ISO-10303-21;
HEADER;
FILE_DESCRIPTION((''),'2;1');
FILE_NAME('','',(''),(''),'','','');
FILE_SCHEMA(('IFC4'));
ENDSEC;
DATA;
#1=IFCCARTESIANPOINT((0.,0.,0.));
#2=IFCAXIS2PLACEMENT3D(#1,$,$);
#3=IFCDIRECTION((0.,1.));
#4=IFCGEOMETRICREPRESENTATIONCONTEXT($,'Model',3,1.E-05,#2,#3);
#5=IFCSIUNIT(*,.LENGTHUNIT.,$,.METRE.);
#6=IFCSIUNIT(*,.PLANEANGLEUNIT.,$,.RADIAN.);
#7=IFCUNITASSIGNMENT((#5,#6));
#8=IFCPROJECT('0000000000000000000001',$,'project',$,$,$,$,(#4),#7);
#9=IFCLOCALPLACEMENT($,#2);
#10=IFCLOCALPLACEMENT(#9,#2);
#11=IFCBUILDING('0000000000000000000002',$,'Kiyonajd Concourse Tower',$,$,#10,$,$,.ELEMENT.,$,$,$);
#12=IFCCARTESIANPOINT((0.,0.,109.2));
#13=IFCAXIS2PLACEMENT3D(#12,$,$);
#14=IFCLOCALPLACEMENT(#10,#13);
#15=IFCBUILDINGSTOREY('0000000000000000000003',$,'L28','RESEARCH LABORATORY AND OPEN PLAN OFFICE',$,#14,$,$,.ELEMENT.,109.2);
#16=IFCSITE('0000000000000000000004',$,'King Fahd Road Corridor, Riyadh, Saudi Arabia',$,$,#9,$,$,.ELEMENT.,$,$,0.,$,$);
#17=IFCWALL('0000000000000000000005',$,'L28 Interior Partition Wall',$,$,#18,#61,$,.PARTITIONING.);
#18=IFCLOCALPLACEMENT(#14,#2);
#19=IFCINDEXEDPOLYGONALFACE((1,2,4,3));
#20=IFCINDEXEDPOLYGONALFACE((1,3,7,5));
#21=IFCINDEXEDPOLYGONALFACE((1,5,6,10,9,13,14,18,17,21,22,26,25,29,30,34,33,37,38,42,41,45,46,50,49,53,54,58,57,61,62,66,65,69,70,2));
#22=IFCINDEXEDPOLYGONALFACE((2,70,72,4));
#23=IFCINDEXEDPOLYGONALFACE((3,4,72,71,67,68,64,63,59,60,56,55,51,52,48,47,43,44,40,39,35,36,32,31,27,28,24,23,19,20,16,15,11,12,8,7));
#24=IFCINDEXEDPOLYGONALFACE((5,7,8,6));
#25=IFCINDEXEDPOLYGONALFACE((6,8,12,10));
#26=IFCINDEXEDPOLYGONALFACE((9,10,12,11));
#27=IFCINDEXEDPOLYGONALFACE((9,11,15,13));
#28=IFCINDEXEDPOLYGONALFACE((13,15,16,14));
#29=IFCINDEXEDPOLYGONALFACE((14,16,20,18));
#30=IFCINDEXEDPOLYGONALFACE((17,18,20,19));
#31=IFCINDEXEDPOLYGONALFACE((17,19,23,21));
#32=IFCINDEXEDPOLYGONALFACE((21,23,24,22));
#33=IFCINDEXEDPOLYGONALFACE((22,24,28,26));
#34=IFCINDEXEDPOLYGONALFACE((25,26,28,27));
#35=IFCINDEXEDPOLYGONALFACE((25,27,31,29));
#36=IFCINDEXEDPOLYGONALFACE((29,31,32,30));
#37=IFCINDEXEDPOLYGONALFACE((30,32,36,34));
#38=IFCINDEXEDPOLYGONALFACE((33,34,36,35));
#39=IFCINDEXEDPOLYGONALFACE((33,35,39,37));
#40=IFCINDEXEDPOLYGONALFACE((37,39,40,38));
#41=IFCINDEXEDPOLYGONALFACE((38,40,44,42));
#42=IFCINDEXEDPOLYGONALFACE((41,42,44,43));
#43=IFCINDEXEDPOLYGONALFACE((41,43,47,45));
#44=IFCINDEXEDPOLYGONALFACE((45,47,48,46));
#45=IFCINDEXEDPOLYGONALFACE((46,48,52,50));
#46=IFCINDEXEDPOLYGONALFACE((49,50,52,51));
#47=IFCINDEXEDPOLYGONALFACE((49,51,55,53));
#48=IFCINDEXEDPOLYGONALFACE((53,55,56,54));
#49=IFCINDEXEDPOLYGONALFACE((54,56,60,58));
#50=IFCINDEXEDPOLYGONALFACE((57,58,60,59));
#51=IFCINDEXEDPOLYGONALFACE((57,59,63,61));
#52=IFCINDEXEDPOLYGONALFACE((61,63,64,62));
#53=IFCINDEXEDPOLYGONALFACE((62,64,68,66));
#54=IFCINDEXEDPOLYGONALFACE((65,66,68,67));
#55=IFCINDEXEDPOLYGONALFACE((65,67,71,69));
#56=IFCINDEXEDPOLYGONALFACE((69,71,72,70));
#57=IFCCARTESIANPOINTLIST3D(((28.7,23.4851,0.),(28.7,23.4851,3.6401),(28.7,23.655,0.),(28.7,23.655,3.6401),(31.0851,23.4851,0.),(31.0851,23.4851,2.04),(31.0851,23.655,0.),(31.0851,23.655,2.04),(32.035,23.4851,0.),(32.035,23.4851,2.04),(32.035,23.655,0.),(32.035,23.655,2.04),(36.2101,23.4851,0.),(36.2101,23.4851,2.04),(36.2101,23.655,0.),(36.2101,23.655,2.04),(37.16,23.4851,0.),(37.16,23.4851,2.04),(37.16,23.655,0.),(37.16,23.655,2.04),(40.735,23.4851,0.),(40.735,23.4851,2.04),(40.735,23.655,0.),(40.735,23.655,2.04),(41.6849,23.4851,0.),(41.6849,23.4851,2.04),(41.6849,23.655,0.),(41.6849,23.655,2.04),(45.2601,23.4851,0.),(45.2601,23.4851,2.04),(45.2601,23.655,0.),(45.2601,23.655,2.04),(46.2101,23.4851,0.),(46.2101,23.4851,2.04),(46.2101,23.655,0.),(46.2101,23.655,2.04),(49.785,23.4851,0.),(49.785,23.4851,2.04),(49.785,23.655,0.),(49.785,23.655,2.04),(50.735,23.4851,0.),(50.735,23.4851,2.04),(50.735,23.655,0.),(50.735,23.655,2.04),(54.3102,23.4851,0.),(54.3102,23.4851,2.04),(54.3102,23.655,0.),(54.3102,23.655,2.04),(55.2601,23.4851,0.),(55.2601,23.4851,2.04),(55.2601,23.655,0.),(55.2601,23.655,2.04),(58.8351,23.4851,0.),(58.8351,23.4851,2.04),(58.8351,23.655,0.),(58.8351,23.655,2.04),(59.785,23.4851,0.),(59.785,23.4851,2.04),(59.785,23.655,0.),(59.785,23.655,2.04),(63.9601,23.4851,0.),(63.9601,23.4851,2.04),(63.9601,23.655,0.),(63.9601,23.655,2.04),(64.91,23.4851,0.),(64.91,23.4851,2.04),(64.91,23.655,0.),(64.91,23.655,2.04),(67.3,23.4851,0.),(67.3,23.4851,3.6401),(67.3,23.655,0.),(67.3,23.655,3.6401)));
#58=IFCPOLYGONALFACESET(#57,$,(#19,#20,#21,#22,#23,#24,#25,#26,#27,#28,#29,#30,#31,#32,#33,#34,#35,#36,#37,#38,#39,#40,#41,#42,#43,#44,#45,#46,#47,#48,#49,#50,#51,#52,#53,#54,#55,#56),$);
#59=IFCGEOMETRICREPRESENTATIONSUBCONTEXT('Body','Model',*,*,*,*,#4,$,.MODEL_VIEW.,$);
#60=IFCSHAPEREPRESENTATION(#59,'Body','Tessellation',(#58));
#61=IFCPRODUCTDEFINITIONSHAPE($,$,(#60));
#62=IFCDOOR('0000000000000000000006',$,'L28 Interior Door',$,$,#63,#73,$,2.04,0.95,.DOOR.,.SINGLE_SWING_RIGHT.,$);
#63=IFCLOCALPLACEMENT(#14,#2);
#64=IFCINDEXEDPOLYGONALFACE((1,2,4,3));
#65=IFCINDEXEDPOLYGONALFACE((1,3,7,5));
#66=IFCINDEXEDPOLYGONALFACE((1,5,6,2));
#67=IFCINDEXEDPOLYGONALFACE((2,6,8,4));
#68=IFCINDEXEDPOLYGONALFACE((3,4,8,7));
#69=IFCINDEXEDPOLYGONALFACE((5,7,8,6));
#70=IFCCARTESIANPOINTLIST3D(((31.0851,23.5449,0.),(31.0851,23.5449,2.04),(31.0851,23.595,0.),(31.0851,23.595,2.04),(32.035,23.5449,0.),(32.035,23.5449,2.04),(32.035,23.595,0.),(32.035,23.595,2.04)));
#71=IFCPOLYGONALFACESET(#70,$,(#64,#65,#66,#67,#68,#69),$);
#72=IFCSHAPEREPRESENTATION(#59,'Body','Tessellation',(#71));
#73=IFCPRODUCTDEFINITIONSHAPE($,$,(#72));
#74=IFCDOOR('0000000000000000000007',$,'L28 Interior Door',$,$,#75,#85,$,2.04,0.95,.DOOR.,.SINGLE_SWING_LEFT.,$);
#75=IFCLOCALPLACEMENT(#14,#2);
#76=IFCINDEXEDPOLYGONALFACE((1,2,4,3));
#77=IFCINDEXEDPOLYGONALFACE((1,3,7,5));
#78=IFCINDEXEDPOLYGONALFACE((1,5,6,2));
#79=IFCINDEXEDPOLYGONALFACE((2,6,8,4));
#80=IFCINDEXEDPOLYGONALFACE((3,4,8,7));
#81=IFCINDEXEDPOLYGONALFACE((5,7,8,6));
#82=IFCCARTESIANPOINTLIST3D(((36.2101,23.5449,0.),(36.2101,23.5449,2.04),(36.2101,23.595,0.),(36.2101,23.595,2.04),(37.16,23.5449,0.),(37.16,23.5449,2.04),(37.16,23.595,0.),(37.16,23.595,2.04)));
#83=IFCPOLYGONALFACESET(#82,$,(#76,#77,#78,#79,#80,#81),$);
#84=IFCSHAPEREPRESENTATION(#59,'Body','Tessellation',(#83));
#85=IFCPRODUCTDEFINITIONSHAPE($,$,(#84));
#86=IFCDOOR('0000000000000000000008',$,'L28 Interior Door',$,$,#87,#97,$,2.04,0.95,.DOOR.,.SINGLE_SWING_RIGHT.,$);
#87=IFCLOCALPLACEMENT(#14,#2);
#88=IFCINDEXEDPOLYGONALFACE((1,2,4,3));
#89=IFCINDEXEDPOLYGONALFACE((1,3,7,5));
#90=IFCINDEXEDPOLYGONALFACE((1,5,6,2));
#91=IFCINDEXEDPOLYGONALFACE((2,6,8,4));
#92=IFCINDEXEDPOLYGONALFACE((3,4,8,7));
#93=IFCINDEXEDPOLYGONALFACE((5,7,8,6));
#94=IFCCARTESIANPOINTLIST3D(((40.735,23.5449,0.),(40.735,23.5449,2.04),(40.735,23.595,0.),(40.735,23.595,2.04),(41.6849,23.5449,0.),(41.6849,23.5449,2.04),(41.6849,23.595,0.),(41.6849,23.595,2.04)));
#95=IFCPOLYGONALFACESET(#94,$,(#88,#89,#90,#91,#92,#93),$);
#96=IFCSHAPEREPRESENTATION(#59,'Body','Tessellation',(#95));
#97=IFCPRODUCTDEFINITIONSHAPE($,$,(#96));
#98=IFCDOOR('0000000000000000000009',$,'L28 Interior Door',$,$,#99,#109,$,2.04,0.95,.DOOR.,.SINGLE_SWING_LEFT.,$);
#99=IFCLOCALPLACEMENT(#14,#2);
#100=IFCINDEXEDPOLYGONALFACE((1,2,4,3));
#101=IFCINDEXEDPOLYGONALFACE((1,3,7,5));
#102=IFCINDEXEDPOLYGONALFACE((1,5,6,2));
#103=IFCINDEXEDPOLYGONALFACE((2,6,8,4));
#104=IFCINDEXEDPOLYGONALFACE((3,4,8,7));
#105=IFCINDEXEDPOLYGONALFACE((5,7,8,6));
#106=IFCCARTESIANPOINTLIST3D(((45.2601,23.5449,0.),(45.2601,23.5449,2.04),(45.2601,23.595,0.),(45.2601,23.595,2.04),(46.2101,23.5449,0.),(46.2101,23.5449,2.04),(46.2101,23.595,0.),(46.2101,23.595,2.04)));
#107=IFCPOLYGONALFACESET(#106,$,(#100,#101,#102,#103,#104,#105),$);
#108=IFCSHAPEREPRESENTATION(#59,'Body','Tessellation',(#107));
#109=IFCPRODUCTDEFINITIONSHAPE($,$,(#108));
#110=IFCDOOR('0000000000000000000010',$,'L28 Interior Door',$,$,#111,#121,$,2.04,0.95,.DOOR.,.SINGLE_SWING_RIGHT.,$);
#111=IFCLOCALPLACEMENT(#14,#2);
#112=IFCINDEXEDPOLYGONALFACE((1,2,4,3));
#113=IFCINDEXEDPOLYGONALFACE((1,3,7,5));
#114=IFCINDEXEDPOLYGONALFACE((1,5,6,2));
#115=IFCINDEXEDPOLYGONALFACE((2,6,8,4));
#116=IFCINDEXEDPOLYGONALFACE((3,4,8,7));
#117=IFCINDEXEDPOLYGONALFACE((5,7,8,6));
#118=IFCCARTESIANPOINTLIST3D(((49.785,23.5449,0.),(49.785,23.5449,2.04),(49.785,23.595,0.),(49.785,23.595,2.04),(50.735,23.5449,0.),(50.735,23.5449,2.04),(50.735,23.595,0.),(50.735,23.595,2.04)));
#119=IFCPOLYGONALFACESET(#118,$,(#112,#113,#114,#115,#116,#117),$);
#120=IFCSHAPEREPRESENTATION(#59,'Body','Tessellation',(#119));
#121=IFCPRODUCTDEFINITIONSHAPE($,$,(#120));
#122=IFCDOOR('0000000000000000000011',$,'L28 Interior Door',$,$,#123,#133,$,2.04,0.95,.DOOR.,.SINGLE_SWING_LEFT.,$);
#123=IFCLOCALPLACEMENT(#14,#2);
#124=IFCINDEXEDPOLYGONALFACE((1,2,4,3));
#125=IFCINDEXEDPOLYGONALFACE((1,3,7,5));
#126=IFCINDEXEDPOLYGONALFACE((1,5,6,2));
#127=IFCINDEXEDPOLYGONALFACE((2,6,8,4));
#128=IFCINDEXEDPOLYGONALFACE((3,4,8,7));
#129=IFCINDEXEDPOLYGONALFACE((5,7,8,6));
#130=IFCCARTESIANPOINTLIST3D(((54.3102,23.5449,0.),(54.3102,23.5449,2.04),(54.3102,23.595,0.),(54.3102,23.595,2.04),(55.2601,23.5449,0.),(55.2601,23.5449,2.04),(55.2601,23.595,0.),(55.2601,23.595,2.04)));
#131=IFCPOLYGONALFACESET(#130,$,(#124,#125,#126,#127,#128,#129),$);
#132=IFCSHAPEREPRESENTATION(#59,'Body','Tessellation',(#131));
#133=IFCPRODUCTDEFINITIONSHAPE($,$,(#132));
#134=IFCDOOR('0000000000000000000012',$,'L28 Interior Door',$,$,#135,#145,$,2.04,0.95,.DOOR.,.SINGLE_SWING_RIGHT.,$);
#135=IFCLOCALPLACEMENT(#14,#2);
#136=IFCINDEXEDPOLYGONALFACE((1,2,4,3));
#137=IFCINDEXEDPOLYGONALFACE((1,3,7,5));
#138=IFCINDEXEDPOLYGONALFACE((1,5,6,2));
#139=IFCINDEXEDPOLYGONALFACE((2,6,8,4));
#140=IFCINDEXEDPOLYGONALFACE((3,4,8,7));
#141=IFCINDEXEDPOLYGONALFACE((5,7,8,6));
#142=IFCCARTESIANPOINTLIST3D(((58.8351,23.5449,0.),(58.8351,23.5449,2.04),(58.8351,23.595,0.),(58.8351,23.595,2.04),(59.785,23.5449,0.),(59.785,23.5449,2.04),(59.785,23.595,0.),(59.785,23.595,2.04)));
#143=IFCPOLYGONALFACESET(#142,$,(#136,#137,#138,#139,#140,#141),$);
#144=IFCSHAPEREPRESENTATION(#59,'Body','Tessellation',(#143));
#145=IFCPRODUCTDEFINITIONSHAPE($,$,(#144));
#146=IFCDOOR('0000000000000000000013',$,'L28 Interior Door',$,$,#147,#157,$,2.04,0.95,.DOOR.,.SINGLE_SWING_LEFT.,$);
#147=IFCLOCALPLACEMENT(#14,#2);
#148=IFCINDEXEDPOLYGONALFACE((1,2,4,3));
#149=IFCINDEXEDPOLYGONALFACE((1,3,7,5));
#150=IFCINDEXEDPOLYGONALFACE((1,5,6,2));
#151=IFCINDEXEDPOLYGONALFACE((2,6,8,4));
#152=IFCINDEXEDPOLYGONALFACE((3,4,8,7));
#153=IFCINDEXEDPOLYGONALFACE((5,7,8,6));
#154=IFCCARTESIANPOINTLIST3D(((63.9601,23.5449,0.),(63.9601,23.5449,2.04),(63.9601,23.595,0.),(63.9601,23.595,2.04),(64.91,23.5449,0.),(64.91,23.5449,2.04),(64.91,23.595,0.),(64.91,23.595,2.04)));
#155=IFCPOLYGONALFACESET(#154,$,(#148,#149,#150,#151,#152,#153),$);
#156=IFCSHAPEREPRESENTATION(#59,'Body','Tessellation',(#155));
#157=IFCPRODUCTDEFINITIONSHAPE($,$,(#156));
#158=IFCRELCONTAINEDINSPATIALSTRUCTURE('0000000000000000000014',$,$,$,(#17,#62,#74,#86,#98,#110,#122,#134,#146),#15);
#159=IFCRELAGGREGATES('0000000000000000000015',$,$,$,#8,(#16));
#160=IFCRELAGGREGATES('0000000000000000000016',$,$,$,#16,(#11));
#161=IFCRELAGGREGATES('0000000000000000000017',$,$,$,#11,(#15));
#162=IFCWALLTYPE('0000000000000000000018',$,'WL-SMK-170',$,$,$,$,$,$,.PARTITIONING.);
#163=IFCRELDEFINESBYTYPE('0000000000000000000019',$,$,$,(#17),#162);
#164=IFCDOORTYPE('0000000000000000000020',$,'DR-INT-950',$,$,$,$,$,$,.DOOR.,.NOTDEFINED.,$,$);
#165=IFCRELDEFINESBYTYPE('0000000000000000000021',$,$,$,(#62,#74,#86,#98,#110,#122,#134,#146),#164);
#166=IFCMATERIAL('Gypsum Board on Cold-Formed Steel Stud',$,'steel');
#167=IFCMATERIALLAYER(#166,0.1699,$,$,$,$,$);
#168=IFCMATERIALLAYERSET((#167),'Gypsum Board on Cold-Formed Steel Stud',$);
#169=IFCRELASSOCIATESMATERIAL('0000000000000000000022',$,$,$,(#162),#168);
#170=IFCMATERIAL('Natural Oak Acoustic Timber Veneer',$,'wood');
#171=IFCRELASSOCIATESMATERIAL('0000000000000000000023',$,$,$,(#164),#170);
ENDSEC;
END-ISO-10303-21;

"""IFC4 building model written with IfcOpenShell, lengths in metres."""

from ifc_helpers import new_model, si_unit, direction, frame, frame_2d, origin, place, context, subcontext, project, spatial, rectangle, extrude, material, layer, layer_set, type_object, element, fill, save


model = new_model("IFC4")

# Units and contexts
model_context = context("Model", 3, precision=1e-05, world=origin(), true_north=direction((0.0, 1.0)))
body_context = subcontext(model_context, "Body", "Model", "MODEL_VIEW")
ifc_project = project(units=[si_unit("LENGTHUNIT", "METRE"), si_unit("PLANEANGLEUNIT", "RADIAN")], contexts=[model_context])

# Site, building, storey
site_placement = place(None, origin())
site = spatial("IfcSite", under=ifc_project, at=site_placement, Name="King Fahd Road Corridor, Riyadh, Saudi Arabia", CompositionType="ELEMENT", RefElevation=0.0)
building_placement = place(site_placement, origin())
building = spatial("IfcBuilding", under=site, at=building_placement, Name="Kiyonajd Concourse Tower", CompositionType="ELEMENT")
storey_placement = place(building_placement, frame((0.0, 0.0, 109.2)))
storey = spatial("IfcBuildingStorey", under=building, at=storey_placement, Name="L28", Description="RESEARCH LABORATORY AND OPEN PLAN OFFICE", CompositionType="ELEMENT", Elevation=109.2)

# Wall, openings, doors
ifc_material_1 = material(Name="Gypsum Board on Cold-Formed Steel Stud", Category="steel")
ifc_layer_1 = layer(ifc_material_1, 0.1699)
ifc_layer_set_1 = layer_set([ifc_layer_1], Name="Gypsum Board on Cold-Formed Steel Stud")
wall_type_1 = type_object("IfcWallType", Name="WL-SMK-170", PredefinedType="PARTITIONING", material=ifc_layer_set_1)
wall_1_placement = place(storey_placement, frame((28.7, 23.5701, 0.0), z_axis=(0.0, 0.0, 1.0), x_axis=(1.0, 0.0, 0.0)))
wall_1 = element("IfcWall", 1, at=wall_1_placement, inside=storey, type_object=wall_type_1, Name="L28 Interior Partition Wall", PredefinedType="PARTITIONING", context=body_context, shape_type="SweptSolid", body=[
    extrude(rectangle(XDim=38.6001, YDim=0.1699, at=frame_2d((19.3, 0.0))), origin(), (0.0, 0.0, 1.0), 3.6401),
])
opening_1_placement = place(wall_1_placement, frame((2.385, 0.0, 0.0)))
opening_1 = element("IfcOpeningElement", 2, at=opening_1_placement, cuts=wall_1, PredefinedType="OPENING", context=body_context, shape_type="SweptSolid", body=[
    extrude(rectangle(XDim=0.95, YDim=2.04, at=frame_2d((0.4751, 1.02))), frame((0.0, 0.095, 0.0), z_axis=(0.0, -1.0, 0.0), x_axis=(1.0, 0.0, 0.0)), (0.0, 0.0, 1.0), 0.1899),
])
opening_2_placement = place(wall_1_placement, frame((7.51, 0.0, 0.0)))
opening_2 = element("IfcOpeningElement", 3, at=opening_2_placement, cuts=wall_1, PredefinedType="OPENING", context=body_context, shape_type="SweptSolid", body=[
    extrude(rectangle(XDim=0.95, YDim=2.04, at=frame_2d((0.4751, 1.02))), frame((0.0, 0.095, 0.0), z_axis=(0.0, -1.0, 0.0), x_axis=(1.0, 0.0, 0.0)), (0.0, 0.0, 1.0), 0.1899),
])
opening_3_placement = place(wall_1_placement, frame((12.0349, 0.0, 0.0)))
opening_3 = element("IfcOpeningElement", 4, at=opening_3_placement, cuts=wall_1, PredefinedType="OPENING", context=body_context, shape_type="SweptSolid", body=[
    extrude(rectangle(XDim=0.95, YDim=2.04, at=frame_2d((0.4751, 1.02))), frame((0.0, 0.095, 0.0), z_axis=(0.0, -1.0, 0.0), x_axis=(1.0, 0.0, 0.0)), (0.0, 0.0, 1.0), 0.1899),
])
opening_4_placement = place(wall_1_placement, frame((16.5601, 0.0, 0.0)))
opening_4 = element("IfcOpeningElement", 5, at=opening_4_placement, cuts=wall_1, PredefinedType="OPENING", context=body_context, shape_type="SweptSolid", body=[
    extrude(rectangle(XDim=0.95, YDim=2.04, at=frame_2d((0.4751, 1.02))), frame((0.0, 0.095, 0.0), z_axis=(0.0, -1.0, 0.0), x_axis=(1.0, 0.0, 0.0)), (0.0, 0.0, 1.0), 0.1899),
])
opening_5_placement = place(wall_1_placement, frame((21.085, 0.0, 0.0)))
opening_5 = element("IfcOpeningElement", 6, at=opening_5_placement, cuts=wall_1, PredefinedType="OPENING", context=body_context, shape_type="SweptSolid", body=[
    extrude(rectangle(XDim=0.95, YDim=2.04, at=frame_2d((0.4751, 1.02))), frame((0.0, 0.095, 0.0), z_axis=(0.0, -1.0, 0.0), x_axis=(1.0, 0.0, 0.0)), (0.0, 0.0, 1.0), 0.1899),
])
opening_6_placement = place(wall_1_placement, frame((25.6101, 0.0, 0.0)))
opening_6 = element("IfcOpeningElement", 7, at=opening_6_placement, cuts=wall_1, PredefinedType="OPENING", context=body_context, shape_type="SweptSolid", body=[
    extrude(rectangle(XDim=0.95, YDim=2.04, at=frame_2d((0.4751, 1.02))), frame((0.0, 0.095, 0.0), z_axis=(0.0, -1.0, 0.0), x_axis=(1.0, 0.0, 0.0)), (0.0, 0.0, 1.0), 0.1899),
])
opening_7_placement = place(wall_1_placement, frame((30.135, 0.0, 0.0)))
opening_7 = element("IfcOpeningElement", 8, at=opening_7_placement, cuts=wall_1, PredefinedType="OPENING", context=body_context, shape_type="SweptSolid", body=[
    extrude(rectangle(XDim=0.95, YDim=2.04, at=frame_2d((0.4751, 1.02))), frame((0.0, 0.095, 0.0), z_axis=(0.0, -1.0, 0.0), x_axis=(1.0, 0.0, 0.0)), (0.0, 0.0, 1.0), 0.1899),
])
opening_8_placement = place(wall_1_placement, frame((35.26, 0.0, 0.0)))
opening_8 = element("IfcOpeningElement", 9, at=opening_8_placement, cuts=wall_1, PredefinedType="OPENING", context=body_context, shape_type="SweptSolid", body=[
    extrude(rectangle(XDim=0.95, YDim=2.04, at=frame_2d((0.4751, 1.02))), frame((0.0, 0.095, 0.0), z_axis=(0.0, -1.0, 0.0), x_axis=(1.0, 0.0, 0.0)), (0.0, 0.0, 1.0), 0.1899),
])
ifc_material_2 = material(Name="Natural Oak Acoustic Timber Veneer", Category="wood")
door_type = type_object("IfcDoorType", Name="DR-INT-950", OperationType="NOTDEFINED", PredefinedType="DOOR", material=ifc_material_2)
door_1_placement = place(opening_1_placement, origin())
door_1 = element("IfcDoor", 10, at=door_1_placement, inside=storey, type_object=door_type, Name="L28 Interior Door", OperationType="SINGLE_SWING_RIGHT", OverallHeight=2.04, OverallWidth=0.95, PredefinedType="DOOR", context=body_context, shape_type="SweptSolid", body=[
    extrude(rectangle(XDim=0.95, YDim=2.04, at=frame_2d((0.4751, 1.02))), frame((0.0, 0.0249, 0.0), z_axis=(0.0, -1.0, 0.0), x_axis=(1.0, 0.0, 0.0)), (0.0, 0.0, 1.0), 0.05),
])
fill(opening_1, door_1)
door_2_placement = place(opening_2_placement, origin())
door_2 = element("IfcDoor", 11, at=door_2_placement, inside=storey, type_object=door_type, Name="L28 Interior Door", OperationType="SINGLE_SWING_LEFT", OverallHeight=2.04, OverallWidth=0.95, PredefinedType="DOOR", context=body_context, shape_type="SweptSolid", body=[
    extrude(rectangle(XDim=0.95, YDim=2.04, at=frame_2d((0.4751, 1.02))), frame((0.0, 0.0249, 0.0), z_axis=(0.0, -1.0, 0.0), x_axis=(1.0, 0.0, 0.0)), (0.0, 0.0, 1.0), 0.05),
])
fill(opening_2, door_2)
door_3_placement = place(opening_3_placement, origin())
door_3 = element("IfcDoor", 12, at=door_3_placement, inside=storey, type_object=door_type, Name="L28 Interior Door", OperationType="SINGLE_SWING_RIGHT", OverallHeight=2.04, OverallWidth=0.95, PredefinedType="DOOR", context=body_context, shape_type="SweptSolid", body=[
    extrude(rectangle(XDim=0.95, YDim=2.04, at=frame_2d((0.4751, 1.02))), frame((0.0, 0.0249, 0.0), z_axis=(0.0, -1.0, 0.0), x_axis=(1.0, 0.0, 0.0)), (0.0, 0.0, 1.0), 0.05),
])
fill(opening_3, door_3)
door_4_placement = place(opening_4_placement, origin())
door_4 = element("IfcDoor", 13, at=door_4_placement, inside=storey, type_object=door_type, Name="L28 Interior Door", OperationType="SINGLE_SWING_LEFT", OverallHeight=2.04, OverallWidth=0.95, PredefinedType="DOOR", context=body_context, shape_type="SweptSolid", body=[
    extrude(rectangle(XDim=0.95, YDim=2.04, at=frame_2d((0.4751, 1.02))), frame((0.0, 0.0249, 0.0), z_axis=(0.0, -1.0, 0.0), x_axis=(1.0, 0.0, 0.0)), (0.0, 0.0, 1.0), 0.05),
])
fill(opening_4, door_4)
door_5_placement = place(opening_5_placement, origin())
door_5 = element("IfcDoor", 14, at=door_5_placement, inside=storey, type_object=door_type, Name="L28 Interior Door", OperationType="SINGLE_SWING_RIGHT", OverallHeight=2.04, OverallWidth=0.95, PredefinedType="DOOR", context=body_context, shape_type="SweptSolid", body=[
    extrude(rectangle(XDim=0.95, YDim=2.04, at=frame_2d((0.4751, 1.02))), frame((0.0, 0.0249, 0.0), z_axis=(0.0, -1.0, 0.0), x_axis=(1.0, 0.0, 0.0)), (0.0, 0.0, 1.0), 0.05),
])
fill(opening_5, door_5)
door_6_placement = place(opening_6_placement, origin())
door_6 = element("IfcDoor", 15, at=door_6_placement, inside=storey, type_object=door_type, Name="L28 Interior Door", OperationType="SINGLE_SWING_LEFT", OverallHeight=2.04, OverallWidth=0.95, PredefinedType="DOOR", context=body_context, shape_type="SweptSolid", body=[
    extrude(rectangle(XDim=0.95, YDim=2.04, at=frame_2d((0.4751, 1.02))), frame((0.0, 0.0249, 0.0), z_axis=(0.0, -1.0, 0.0), x_axis=(1.0, 0.0, 0.0)), (0.0, 0.0, 1.0), 0.05),
])
fill(opening_6, door_6)
door_7_placement = place(opening_7_placement, origin())
door_7 = element("IfcDoor", 16, at=door_7_placement, inside=storey, type_object=door_type, Name="L28 Interior Door", OperationType="SINGLE_SWING_RIGHT", OverallHeight=2.04, OverallWidth=0.95, PredefinedType="DOOR", context=body_context, shape_type="SweptSolid", body=[
    extrude(rectangle(XDim=0.95, YDim=2.04, at=frame_2d((0.4751, 1.02))), frame((0.0, 0.0249, 0.0), z_axis=(0.0, -1.0, 0.0), x_axis=(1.0, 0.0, 0.0)), (0.0, 0.0, 1.0), 0.05),
])
fill(opening_7, door_7)
door_8_placement = place(opening_8_placement, origin())
door_8 = element("IfcDoor", 17, at=door_8_placement, inside=storey, type_object=door_type, Name="L28 Interior Door", OperationType="SINGLE_SWING_LEFT", OverallHeight=2.04, OverallWidth=0.95, PredefinedType="DOOR", context=body_context, shape_type="SweptSolid", body=[
    extrude(rectangle(XDim=0.95, YDim=2.04, at=frame_2d((0.4751, 1.02))), frame((0.0, 0.0249, 0.0), z_axis=(0.0, -1.0, 0.0), x_axis=(1.0, 0.0, 0.0)), (0.0, 0.0, 1.0), 0.05),
])
fill(opening_8, door_8)

save(model, "model.ifc")
